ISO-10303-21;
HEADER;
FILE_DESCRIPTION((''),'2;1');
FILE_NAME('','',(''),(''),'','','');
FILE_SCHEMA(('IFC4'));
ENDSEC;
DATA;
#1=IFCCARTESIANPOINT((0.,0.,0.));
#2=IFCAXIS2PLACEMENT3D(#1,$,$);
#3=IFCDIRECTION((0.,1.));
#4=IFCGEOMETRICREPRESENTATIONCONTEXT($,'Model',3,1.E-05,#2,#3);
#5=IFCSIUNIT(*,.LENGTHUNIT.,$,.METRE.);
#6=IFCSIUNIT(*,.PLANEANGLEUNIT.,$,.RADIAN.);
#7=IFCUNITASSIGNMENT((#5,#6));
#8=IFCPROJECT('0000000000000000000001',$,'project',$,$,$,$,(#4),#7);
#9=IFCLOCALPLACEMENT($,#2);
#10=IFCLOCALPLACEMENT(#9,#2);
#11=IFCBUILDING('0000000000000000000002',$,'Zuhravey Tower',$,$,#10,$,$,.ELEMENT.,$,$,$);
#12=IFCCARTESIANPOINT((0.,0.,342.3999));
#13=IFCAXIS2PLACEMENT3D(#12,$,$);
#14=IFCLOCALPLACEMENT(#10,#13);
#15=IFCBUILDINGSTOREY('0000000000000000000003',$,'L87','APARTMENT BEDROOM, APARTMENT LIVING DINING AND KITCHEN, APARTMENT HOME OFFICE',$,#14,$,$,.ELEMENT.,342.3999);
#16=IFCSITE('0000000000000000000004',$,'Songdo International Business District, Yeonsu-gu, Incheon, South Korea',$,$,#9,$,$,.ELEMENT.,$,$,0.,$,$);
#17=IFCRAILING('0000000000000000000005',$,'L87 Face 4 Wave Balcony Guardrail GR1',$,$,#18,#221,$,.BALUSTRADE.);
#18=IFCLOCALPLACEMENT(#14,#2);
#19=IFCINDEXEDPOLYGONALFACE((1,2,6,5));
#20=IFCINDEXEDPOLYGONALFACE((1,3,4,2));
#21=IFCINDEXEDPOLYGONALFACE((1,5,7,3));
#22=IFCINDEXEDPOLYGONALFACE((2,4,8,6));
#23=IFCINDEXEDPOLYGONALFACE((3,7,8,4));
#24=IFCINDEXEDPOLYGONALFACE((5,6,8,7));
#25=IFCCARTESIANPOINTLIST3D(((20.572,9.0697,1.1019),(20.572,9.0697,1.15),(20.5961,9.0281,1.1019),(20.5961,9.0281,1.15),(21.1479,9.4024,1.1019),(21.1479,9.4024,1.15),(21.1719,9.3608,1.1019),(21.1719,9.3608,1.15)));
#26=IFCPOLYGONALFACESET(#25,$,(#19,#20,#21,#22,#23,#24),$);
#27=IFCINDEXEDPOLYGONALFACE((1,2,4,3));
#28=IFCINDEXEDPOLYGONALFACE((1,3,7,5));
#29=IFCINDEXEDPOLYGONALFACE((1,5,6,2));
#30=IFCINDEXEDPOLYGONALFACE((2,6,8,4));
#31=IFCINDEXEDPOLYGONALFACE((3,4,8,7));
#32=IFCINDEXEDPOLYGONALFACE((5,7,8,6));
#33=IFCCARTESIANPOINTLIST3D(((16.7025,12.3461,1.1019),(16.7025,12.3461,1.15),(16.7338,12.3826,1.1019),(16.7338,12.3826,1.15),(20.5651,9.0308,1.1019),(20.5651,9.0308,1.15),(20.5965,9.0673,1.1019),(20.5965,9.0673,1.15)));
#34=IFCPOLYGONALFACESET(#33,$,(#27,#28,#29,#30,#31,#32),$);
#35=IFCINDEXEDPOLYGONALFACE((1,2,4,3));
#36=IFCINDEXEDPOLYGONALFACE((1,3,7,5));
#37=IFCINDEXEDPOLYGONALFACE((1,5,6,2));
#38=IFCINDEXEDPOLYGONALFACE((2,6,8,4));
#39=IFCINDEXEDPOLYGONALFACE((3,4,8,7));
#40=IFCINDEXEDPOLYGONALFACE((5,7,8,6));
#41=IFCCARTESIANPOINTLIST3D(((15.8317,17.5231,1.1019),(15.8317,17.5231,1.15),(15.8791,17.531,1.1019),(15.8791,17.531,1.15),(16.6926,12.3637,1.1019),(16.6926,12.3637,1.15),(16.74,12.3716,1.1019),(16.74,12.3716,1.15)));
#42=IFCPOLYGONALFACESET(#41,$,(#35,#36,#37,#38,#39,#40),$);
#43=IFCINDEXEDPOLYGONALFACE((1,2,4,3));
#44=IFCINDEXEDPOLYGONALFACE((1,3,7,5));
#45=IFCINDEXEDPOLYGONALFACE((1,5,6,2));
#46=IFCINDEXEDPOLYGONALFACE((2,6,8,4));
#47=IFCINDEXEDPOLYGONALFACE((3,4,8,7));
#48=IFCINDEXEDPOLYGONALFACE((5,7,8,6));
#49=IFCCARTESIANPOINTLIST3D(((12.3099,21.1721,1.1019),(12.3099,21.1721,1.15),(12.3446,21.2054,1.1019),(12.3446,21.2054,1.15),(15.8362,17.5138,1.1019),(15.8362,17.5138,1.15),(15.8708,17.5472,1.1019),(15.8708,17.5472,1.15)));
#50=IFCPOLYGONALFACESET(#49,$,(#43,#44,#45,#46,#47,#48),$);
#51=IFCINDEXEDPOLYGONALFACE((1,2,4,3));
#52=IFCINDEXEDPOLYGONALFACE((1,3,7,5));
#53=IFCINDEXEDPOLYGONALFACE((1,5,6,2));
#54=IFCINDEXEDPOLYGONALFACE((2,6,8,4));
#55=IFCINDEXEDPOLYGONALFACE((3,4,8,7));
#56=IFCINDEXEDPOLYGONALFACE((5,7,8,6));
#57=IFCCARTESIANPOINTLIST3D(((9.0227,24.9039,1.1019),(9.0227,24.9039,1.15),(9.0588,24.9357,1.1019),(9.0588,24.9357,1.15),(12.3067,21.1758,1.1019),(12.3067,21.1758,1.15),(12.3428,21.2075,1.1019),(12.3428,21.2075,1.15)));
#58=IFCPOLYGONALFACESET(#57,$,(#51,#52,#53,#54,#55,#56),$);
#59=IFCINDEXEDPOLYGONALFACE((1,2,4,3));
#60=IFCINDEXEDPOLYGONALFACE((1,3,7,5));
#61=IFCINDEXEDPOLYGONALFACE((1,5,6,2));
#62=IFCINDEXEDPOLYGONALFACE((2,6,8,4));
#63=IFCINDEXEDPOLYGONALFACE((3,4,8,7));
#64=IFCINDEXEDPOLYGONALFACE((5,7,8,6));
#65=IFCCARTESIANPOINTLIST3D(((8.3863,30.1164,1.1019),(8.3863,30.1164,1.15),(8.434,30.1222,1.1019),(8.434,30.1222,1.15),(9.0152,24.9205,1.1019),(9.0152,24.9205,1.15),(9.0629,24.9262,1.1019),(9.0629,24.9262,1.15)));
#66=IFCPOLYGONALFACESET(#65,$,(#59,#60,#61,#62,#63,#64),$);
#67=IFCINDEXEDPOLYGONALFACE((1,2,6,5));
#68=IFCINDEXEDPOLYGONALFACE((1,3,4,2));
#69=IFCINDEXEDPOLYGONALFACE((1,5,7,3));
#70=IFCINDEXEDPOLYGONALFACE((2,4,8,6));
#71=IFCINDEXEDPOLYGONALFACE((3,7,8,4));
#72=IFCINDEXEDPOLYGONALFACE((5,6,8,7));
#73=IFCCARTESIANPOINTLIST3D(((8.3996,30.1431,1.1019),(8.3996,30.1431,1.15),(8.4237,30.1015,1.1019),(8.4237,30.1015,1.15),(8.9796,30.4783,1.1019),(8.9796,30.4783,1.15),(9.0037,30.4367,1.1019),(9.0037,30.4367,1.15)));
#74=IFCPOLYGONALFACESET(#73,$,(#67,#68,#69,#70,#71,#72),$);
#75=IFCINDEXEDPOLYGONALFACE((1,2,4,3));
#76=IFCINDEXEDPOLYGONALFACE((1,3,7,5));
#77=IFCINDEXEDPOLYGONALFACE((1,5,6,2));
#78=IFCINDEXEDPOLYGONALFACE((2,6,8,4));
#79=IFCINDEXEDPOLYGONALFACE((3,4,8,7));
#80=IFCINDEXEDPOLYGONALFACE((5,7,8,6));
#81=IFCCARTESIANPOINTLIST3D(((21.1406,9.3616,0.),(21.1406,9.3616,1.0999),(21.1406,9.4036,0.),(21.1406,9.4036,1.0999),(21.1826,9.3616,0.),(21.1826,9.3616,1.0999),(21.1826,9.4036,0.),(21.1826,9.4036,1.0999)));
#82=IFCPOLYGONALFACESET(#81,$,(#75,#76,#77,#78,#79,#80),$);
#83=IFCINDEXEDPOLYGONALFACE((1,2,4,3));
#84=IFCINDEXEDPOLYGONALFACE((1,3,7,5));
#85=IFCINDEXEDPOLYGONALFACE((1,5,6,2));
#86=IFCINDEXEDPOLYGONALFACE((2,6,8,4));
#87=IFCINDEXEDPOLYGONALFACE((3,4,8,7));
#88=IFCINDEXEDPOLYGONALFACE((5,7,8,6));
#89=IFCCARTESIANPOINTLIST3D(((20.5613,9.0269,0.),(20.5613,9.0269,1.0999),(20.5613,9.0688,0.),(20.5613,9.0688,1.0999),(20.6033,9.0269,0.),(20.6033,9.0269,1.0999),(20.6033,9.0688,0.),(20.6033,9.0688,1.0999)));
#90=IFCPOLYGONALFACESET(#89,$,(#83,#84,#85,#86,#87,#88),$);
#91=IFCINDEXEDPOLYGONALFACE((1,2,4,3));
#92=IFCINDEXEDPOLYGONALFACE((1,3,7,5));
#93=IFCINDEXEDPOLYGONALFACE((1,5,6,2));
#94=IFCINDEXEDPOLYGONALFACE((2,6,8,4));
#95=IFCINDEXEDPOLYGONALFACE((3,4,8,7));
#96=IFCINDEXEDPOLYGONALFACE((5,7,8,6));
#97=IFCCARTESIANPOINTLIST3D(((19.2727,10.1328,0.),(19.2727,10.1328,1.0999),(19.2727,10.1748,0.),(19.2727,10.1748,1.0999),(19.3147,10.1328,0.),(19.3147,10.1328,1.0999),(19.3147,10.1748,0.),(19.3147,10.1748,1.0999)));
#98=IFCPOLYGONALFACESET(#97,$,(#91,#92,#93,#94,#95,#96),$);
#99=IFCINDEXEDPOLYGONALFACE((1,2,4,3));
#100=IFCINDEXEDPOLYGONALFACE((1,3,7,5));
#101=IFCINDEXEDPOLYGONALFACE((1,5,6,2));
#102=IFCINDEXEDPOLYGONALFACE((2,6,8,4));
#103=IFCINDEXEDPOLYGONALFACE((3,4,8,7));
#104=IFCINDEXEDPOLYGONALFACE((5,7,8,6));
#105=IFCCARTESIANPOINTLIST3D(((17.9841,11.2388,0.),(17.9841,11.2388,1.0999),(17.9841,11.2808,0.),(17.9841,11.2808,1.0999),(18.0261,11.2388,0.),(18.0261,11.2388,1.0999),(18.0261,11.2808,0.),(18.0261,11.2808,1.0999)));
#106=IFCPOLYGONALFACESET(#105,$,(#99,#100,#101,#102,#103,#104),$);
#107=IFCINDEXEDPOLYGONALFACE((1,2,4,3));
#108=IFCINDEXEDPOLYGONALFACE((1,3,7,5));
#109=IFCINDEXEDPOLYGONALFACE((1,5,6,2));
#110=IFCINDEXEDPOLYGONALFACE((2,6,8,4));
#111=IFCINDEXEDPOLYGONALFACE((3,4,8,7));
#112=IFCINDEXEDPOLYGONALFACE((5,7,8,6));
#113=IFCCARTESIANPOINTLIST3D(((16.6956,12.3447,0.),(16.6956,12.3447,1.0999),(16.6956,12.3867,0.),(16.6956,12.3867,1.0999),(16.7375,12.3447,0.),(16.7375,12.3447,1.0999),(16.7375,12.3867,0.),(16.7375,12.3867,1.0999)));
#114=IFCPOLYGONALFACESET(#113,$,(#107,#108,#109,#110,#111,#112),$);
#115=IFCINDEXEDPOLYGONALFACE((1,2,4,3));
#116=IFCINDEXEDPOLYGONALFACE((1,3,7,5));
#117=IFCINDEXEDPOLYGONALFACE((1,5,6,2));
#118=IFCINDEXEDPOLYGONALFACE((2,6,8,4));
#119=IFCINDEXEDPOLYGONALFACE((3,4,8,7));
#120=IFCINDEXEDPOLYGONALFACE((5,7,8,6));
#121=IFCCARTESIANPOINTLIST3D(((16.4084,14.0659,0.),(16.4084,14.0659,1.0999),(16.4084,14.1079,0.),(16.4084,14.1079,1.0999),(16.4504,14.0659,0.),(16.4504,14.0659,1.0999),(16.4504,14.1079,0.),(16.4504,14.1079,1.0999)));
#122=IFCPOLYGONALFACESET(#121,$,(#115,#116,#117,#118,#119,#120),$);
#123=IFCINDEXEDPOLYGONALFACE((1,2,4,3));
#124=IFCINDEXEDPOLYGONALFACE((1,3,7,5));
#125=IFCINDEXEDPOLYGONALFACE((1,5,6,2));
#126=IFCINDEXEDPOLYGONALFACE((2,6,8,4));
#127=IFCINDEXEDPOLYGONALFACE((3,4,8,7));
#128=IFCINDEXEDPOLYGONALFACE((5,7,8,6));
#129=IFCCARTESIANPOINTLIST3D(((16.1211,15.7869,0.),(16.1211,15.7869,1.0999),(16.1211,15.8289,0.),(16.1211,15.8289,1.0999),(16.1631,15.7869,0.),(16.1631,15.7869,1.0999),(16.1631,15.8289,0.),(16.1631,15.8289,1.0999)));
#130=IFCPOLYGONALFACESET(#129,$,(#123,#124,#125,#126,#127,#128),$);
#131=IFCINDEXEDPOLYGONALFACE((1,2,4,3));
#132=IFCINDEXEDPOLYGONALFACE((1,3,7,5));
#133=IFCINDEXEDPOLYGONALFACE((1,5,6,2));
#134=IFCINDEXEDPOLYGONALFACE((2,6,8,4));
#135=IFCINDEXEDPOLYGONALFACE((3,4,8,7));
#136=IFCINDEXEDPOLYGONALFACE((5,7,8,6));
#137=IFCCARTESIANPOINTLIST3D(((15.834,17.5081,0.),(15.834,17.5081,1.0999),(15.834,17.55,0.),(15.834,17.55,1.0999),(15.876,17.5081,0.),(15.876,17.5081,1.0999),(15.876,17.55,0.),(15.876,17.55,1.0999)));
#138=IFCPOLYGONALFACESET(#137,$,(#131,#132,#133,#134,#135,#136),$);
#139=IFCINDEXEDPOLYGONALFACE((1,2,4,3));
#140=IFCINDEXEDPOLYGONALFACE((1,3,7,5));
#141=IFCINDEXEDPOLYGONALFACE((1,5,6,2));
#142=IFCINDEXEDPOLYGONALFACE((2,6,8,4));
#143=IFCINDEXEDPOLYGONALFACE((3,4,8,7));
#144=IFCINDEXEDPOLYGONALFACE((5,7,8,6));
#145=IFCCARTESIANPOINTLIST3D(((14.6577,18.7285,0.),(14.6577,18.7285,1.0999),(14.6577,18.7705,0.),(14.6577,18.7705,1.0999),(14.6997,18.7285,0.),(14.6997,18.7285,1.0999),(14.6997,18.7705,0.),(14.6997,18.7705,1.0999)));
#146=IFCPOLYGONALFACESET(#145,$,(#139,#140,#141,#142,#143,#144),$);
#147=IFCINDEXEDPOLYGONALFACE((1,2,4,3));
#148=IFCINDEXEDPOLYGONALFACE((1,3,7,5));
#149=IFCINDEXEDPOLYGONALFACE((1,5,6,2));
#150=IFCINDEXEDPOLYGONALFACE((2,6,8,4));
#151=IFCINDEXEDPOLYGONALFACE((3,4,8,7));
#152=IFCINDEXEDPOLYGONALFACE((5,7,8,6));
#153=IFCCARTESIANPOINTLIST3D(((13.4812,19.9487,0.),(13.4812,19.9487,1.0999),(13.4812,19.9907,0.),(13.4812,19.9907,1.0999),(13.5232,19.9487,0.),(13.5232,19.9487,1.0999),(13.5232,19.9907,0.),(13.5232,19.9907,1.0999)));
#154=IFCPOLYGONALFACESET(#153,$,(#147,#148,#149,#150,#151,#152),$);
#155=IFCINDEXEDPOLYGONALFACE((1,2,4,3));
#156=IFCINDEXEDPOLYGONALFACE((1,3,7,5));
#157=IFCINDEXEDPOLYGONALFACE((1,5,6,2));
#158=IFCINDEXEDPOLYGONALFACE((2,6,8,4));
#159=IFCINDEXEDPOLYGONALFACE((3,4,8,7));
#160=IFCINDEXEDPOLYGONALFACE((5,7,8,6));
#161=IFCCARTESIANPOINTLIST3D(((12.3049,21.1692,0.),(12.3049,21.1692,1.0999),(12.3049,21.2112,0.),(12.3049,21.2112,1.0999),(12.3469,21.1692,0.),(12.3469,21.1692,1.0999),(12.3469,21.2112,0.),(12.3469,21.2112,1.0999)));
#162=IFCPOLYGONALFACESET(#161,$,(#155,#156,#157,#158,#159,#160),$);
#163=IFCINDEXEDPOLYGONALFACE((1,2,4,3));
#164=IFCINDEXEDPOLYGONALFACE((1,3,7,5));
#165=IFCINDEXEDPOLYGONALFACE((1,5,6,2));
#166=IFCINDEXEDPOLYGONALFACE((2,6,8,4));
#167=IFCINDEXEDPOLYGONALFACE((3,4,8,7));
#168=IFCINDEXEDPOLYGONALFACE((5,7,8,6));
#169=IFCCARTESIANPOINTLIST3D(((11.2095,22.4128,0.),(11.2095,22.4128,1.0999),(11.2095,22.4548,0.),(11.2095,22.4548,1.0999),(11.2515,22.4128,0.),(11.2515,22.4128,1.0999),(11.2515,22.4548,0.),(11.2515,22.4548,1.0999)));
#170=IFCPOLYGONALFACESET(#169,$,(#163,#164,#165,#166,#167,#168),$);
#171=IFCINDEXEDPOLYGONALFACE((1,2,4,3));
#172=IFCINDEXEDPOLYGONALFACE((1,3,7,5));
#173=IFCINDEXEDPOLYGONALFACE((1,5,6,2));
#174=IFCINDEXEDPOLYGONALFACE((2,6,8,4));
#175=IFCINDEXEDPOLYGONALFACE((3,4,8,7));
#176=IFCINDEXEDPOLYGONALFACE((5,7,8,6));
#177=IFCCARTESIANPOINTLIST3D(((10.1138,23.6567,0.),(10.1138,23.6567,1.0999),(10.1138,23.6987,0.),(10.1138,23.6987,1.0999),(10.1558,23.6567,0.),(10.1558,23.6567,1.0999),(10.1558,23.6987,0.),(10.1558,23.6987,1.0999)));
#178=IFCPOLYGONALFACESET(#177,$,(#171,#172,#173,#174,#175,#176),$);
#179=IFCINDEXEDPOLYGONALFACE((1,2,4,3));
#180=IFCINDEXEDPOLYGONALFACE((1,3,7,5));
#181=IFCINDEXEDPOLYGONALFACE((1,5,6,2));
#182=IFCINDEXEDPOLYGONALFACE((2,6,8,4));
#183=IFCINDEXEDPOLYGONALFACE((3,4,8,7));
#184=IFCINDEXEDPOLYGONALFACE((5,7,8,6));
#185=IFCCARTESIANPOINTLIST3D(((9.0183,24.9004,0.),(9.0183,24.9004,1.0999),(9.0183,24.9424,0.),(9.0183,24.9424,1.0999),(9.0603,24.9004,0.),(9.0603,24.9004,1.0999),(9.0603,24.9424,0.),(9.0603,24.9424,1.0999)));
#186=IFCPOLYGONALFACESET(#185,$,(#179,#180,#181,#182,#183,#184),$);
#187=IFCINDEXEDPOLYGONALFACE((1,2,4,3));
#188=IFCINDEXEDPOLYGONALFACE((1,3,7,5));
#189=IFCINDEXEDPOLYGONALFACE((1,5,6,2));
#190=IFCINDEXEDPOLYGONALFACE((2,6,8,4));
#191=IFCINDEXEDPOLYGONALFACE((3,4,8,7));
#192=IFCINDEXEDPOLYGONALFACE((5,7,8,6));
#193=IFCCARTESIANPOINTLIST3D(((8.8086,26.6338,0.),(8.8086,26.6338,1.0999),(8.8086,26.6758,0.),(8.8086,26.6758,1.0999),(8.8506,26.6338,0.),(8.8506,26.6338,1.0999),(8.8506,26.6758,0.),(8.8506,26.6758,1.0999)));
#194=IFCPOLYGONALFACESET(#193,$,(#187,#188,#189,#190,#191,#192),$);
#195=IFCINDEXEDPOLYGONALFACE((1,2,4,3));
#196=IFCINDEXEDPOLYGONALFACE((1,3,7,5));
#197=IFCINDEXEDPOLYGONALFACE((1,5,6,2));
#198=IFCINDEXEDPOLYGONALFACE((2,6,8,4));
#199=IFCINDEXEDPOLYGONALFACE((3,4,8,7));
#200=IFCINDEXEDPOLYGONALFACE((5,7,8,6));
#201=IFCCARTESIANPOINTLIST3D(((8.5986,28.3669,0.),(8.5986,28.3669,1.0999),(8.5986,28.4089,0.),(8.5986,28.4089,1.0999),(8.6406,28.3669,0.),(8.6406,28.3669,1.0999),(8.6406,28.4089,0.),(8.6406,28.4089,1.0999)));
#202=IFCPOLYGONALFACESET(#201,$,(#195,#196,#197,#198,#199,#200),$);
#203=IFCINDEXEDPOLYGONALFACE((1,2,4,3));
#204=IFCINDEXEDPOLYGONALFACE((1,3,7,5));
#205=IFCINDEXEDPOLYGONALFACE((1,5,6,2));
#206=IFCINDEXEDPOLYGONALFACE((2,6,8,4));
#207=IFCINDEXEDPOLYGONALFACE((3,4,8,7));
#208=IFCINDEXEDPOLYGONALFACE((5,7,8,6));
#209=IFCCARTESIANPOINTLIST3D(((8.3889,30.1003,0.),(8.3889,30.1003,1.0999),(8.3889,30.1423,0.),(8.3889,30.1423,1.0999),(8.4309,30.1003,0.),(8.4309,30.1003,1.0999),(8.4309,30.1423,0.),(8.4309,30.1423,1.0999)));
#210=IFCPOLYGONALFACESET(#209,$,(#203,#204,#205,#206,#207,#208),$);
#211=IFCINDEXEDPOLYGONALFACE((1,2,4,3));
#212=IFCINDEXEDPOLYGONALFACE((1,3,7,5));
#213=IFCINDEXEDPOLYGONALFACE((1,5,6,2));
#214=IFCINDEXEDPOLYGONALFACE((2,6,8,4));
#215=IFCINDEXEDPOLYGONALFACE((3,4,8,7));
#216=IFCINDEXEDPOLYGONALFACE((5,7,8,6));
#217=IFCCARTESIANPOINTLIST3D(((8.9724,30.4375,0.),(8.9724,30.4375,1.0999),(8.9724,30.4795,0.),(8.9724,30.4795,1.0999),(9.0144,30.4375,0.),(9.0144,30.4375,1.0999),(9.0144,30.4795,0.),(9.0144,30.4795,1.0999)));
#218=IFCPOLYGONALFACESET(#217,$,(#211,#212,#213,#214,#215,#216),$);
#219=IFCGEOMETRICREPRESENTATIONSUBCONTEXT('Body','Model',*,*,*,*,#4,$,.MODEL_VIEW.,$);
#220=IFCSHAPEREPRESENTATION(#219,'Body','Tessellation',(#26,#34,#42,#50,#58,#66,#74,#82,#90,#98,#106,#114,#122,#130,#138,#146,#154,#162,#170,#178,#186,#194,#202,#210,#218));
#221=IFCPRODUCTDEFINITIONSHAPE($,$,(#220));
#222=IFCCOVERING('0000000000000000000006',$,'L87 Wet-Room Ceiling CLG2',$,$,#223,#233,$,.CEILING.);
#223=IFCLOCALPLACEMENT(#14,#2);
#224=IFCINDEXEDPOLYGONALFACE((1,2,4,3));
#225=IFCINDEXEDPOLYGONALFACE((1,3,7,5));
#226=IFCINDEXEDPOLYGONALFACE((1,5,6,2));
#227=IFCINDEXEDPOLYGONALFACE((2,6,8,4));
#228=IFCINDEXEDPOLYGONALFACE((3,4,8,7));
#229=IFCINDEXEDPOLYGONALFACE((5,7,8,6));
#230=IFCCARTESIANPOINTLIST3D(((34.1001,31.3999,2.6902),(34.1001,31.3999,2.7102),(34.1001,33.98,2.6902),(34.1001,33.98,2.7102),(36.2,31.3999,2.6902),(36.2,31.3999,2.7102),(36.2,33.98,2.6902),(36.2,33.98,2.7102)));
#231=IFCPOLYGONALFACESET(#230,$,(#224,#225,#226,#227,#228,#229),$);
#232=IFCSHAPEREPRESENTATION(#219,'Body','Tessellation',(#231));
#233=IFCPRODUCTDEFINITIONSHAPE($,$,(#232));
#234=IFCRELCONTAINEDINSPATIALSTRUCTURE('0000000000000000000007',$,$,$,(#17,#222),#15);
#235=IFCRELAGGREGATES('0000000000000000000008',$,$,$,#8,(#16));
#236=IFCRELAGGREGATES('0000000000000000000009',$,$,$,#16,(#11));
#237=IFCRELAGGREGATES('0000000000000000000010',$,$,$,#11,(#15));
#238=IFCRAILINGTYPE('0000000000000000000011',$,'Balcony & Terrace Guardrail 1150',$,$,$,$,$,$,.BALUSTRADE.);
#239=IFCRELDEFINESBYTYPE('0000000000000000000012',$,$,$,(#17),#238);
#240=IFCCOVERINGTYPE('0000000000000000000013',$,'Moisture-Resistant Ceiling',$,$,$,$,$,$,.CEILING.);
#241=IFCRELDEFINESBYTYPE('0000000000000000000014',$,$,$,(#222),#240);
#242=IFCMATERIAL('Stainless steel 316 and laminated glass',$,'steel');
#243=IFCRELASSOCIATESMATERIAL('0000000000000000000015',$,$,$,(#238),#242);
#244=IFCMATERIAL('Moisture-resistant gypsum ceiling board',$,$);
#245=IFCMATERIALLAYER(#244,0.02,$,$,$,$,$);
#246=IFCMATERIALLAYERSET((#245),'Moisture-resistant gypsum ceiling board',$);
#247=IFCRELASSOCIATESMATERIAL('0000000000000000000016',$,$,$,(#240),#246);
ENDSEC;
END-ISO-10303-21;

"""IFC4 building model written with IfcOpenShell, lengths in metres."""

from ifc_helpers import new_model, si_unit, direction, frame, origin, origin_2d, place, context, subcontext, project, spatial, polyline, rectangle, outline, extrude, material, layer, layer_set, type_object, element, save


model = new_model("IFC4")

# Units and contexts
model_context = context("Model", 3, precision=1e-05, world=origin(), true_north=direction((0.0, 1.0)))
body_context = subcontext(model_context, "Body", "Model", "MODEL_VIEW")
ifc_project = project(units=[si_unit("LENGTHUNIT", "METRE"), si_unit("PLANEANGLEUNIT", "RADIAN")], contexts=[model_context])

# Site, building, storey
site_placement = place(None, origin())
site = spatial("IfcSite", under=ifc_project, at=site_placement, Name="Songdo International Business District, Yeonsu-gu, Incheon, South Korea", CompositionType="ELEMENT", RefElevation=0.0)
building_placement = place(site_placement, origin())
building = spatial("IfcBuilding", under=site, at=building_placement, Name="Zuhravey Tower", CompositionType="ELEMENT")
storey_placement = place(building_placement, frame((0.0, 0.0, 342.3999)))
storey = spatial("IfcBuildingStorey", under=building, at=storey_placement, Name="L87", Description="APARTMENT BEDROOM, APARTMENT LIVING DINING AND KITCHEN, APARTMENT HOME OFFICE", CompositionType="ELEMENT", Elevation=342.3999)

# Railing
ifc_material_1 = material(Name="Stainless steel 316 and laminated glass", Category="steel")
railing_type = type_object("IfcRailingType", Name="Balcony & Terrace Guardrail 1150", PredefinedType="BALUSTRADE", material=ifc_material_1)
railing_placement = place(storey_placement, frame((21.1616, 9.3826, 0.0)))
element("IfcRailing", 1, at=railing_placement, inside=storey, type_object=railing_type, Name="L87 Face 4 Wave Balcony Guardrail GR1", PredefinedType="BALUSTRADE", context=body_context, shape_type="SweptSolid", body=[
    extrude(rectangle(XDim=0.0481, YDim=0.0481, at=origin_2d()), frame((-0.0017, -0.001, 1.126), z_axis=(-0.865876, -0.500259, 0.0), x_axis=(0.500259, -0.865876, 0.0)), (0.0, 0.0, 1.0), 0.665),
    extrude(rectangle(XDim=0.0481, YDim=0.0481, at=origin_2d()), frame((-0.5808, -0.3335, 1.126), z_axis=(-0.75883, 0.651289, 0.0), x_axis=(-0.651289, -0.75883, 0.0)), (0.0, 0.0, 1.0), 5.0903),
    extrude(rectangle(XDim=0.0481, YDim=0.0481, at=origin_2d()), frame((-4.4453, 2.9851, 1.126), z_axis=(-0.164588, 0.986362, 0.0), x_axis=(-0.986362, -0.164588, 0.0)), (0.0, 0.0, 1.0), 5.2307),
    extrude(rectangle(XDim=0.0481, YDim=0.0481, at=origin_2d()), frame((-5.3081, 8.1479, 1.126), z_axis=(-0.694001, 0.719975, 0.0), x_axis=(-0.719975, -0.694001, 0.0)), (0.0, 0.0, 1.0), 5.0811),
    extrude(rectangle(XDim=0.0481, YDim=0.0481, at=origin_2d()), frame((-8.8369, 11.8091, 1.126), z_axis=(-0.660986, 0.750398, 0.0), x_axis=(-0.750398, -0.660986, 0.0)), (0.0, 0.0, 1.0), 4.9683),
    extrude(rectangle(XDim=0.0481, YDim=0.0481, at=origin_2d()), frame((-12.1226, 15.5408, 1.126), z_axis=(-0.120162, 0.992754, 0.0), x_axis=(-0.992754, -0.120162, 0.0)), (0.0, 0.0, 1.0), 5.2339),
    extrude(rectangle(XDim=0.0481, YDim=0.0481, at=origin_2d()), frame((-12.75, 20.7397, 1.126), z_axis=(0.865848, 0.500308, 0.0), x_axis=(-0.500308, 0.865848, 0.0)), (0.0, 0.0, 1.0), 0.6699),
    extrude(rectangle(XDim=0.042, YDim=0.042, at=origin_2d()), origin(), (0.0, 0.0, 1.0), 1.0999),
    extrude(rectangle(XDim=0.042, YDim=0.042, at=origin_2d()), frame((-0.5793, -0.3347, 0.0)), (0.0, 0.0, 1.0), 1.0999),
    extrude(rectangle(XDim=0.042, YDim=0.042, at=origin_2d()), frame((-1.8679, 0.7712, 0.0)), (0.0, 0.0, 1.0), 1.0999),
    extrude(rectangle(XDim=0.042, YDim=0.042, at=origin_2d()), frame((-3.1565, 1.8772, 0.0)), (0.0, 0.0, 1.0), 1.0999),
    extrude(rectangle(XDim=0.042, YDim=0.042, at=origin_2d()), frame((-4.4451, 2.9832, 0.0)), (0.0, 0.0, 1.0), 1.0999),
    extrude(rectangle(XDim=0.042, YDim=0.042, at=origin_2d()), frame((-4.7322, 4.7043, 0.0)), (0.0, 0.0, 1.0), 1.0999),
    extrude(rectangle(XDim=0.042, YDim=0.042, at=origin_2d()), frame((-5.0195, 6.4253, 0.0)), (0.0, 0.0, 1.0), 1.0999),
    extrude(rectangle(XDim=0.042, YDim=0.042, at=origin_2d()), frame((-5.3066, 8.1465, 0.0)), (0.0, 0.0, 1.0), 1.0999),
    extrude(rectangle(XDim=0.042, YDim=0.042, at=origin_2d()), frame((-6.4829, 9.3669, 0.0)), (0.0, 0.0, 1.0), 1.0999),
    extrude(rectangle(XDim=0.042, YDim=0.042, at=origin_2d()), frame((-7.6594, 10.5872, 0.0)), (0.0, 0.0, 1.0), 1.0999),
    extrude(rectangle(XDim=0.042, YDim=0.042, at=origin_2d()), frame((-8.8357, 11.8076, 0.0)), (0.0, 0.0, 1.0), 1.0999),
    extrude(rectangle(XDim=0.042, YDim=0.042, at=origin_2d()), frame((-9.9312, 13.0513, 0.0)), (0.0, 0.0, 1.0), 1.0999),
    extrude(rectangle(XDim=0.042, YDim=0.042, at=origin_2d()), frame((-11.0269, 14.2952, 0.0)), (0.0, 0.0, 1.0), 1.0999),
    extrude(rectangle(XDim=0.042, YDim=0.042, at=origin_2d()), frame((-12.1223, 15.5388, 0.0)), (0.0, 0.0, 1.0), 1.0999),
    extrude(rectangle(XDim=0.042, YDim=0.042, at=origin_2d()), frame((-12.332, 17.2722, 0.0)), (0.0, 0.0, 1.0), 1.0999),
    extrude(rectangle(XDim=0.042, YDim=0.042, at=origin_2d()), frame((-12.542, 19.0054, 0.0)), (0.0, 0.0, 1.0), 1.0999),
    extrude(rectangle(XDim=0.042, YDim=0.042, at=origin_2d()), frame((-12.7517, 20.7388, 0.0)), (0.0, 0.0, 1.0), 1.0999),
    extrude(rectangle(XDim=0.042, YDim=0.042, at=origin_2d()), frame((-12.1682, 21.0759, 0.0)), (0.0, 0.0, 1.0), 1.0999),
])

# Covering
ifc_material_2 = material(Name="Moisture-resistant gypsum ceiling board")
ifc_layer_1 = layer(ifc_material_2, 0.02)
ifc_layer_set_1 = layer_set([ifc_layer_1], Name="Moisture-resistant gypsum ceiling board")
covering_type_1 = type_object("IfcCoveringType", Name="Moisture-Resistant Ceiling", PredefinedType="CEILING", material=ifc_layer_set_1)
covering_1_placement = place(storey_placement, frame((0.0, 0.0, 2.6902)))
element("IfcCovering", 2, at=covering_1_placement, inside=storey, type_object=covering_type_1, Name="L87 Wet-Room Ceiling CLG2", PredefinedType="CEILING", context=body_context, shape_type="SweptSolid", body=[
    extrude(outline(polyline([(36.2, 31.3999), (36.2, 33.98), (34.1001, 33.98), (34.1001, 31.3999), (36.2, 31.3999)])), origin(), (0.0, 0.0, 1.0), 0.02),
])

save(model, "model.ifc")
